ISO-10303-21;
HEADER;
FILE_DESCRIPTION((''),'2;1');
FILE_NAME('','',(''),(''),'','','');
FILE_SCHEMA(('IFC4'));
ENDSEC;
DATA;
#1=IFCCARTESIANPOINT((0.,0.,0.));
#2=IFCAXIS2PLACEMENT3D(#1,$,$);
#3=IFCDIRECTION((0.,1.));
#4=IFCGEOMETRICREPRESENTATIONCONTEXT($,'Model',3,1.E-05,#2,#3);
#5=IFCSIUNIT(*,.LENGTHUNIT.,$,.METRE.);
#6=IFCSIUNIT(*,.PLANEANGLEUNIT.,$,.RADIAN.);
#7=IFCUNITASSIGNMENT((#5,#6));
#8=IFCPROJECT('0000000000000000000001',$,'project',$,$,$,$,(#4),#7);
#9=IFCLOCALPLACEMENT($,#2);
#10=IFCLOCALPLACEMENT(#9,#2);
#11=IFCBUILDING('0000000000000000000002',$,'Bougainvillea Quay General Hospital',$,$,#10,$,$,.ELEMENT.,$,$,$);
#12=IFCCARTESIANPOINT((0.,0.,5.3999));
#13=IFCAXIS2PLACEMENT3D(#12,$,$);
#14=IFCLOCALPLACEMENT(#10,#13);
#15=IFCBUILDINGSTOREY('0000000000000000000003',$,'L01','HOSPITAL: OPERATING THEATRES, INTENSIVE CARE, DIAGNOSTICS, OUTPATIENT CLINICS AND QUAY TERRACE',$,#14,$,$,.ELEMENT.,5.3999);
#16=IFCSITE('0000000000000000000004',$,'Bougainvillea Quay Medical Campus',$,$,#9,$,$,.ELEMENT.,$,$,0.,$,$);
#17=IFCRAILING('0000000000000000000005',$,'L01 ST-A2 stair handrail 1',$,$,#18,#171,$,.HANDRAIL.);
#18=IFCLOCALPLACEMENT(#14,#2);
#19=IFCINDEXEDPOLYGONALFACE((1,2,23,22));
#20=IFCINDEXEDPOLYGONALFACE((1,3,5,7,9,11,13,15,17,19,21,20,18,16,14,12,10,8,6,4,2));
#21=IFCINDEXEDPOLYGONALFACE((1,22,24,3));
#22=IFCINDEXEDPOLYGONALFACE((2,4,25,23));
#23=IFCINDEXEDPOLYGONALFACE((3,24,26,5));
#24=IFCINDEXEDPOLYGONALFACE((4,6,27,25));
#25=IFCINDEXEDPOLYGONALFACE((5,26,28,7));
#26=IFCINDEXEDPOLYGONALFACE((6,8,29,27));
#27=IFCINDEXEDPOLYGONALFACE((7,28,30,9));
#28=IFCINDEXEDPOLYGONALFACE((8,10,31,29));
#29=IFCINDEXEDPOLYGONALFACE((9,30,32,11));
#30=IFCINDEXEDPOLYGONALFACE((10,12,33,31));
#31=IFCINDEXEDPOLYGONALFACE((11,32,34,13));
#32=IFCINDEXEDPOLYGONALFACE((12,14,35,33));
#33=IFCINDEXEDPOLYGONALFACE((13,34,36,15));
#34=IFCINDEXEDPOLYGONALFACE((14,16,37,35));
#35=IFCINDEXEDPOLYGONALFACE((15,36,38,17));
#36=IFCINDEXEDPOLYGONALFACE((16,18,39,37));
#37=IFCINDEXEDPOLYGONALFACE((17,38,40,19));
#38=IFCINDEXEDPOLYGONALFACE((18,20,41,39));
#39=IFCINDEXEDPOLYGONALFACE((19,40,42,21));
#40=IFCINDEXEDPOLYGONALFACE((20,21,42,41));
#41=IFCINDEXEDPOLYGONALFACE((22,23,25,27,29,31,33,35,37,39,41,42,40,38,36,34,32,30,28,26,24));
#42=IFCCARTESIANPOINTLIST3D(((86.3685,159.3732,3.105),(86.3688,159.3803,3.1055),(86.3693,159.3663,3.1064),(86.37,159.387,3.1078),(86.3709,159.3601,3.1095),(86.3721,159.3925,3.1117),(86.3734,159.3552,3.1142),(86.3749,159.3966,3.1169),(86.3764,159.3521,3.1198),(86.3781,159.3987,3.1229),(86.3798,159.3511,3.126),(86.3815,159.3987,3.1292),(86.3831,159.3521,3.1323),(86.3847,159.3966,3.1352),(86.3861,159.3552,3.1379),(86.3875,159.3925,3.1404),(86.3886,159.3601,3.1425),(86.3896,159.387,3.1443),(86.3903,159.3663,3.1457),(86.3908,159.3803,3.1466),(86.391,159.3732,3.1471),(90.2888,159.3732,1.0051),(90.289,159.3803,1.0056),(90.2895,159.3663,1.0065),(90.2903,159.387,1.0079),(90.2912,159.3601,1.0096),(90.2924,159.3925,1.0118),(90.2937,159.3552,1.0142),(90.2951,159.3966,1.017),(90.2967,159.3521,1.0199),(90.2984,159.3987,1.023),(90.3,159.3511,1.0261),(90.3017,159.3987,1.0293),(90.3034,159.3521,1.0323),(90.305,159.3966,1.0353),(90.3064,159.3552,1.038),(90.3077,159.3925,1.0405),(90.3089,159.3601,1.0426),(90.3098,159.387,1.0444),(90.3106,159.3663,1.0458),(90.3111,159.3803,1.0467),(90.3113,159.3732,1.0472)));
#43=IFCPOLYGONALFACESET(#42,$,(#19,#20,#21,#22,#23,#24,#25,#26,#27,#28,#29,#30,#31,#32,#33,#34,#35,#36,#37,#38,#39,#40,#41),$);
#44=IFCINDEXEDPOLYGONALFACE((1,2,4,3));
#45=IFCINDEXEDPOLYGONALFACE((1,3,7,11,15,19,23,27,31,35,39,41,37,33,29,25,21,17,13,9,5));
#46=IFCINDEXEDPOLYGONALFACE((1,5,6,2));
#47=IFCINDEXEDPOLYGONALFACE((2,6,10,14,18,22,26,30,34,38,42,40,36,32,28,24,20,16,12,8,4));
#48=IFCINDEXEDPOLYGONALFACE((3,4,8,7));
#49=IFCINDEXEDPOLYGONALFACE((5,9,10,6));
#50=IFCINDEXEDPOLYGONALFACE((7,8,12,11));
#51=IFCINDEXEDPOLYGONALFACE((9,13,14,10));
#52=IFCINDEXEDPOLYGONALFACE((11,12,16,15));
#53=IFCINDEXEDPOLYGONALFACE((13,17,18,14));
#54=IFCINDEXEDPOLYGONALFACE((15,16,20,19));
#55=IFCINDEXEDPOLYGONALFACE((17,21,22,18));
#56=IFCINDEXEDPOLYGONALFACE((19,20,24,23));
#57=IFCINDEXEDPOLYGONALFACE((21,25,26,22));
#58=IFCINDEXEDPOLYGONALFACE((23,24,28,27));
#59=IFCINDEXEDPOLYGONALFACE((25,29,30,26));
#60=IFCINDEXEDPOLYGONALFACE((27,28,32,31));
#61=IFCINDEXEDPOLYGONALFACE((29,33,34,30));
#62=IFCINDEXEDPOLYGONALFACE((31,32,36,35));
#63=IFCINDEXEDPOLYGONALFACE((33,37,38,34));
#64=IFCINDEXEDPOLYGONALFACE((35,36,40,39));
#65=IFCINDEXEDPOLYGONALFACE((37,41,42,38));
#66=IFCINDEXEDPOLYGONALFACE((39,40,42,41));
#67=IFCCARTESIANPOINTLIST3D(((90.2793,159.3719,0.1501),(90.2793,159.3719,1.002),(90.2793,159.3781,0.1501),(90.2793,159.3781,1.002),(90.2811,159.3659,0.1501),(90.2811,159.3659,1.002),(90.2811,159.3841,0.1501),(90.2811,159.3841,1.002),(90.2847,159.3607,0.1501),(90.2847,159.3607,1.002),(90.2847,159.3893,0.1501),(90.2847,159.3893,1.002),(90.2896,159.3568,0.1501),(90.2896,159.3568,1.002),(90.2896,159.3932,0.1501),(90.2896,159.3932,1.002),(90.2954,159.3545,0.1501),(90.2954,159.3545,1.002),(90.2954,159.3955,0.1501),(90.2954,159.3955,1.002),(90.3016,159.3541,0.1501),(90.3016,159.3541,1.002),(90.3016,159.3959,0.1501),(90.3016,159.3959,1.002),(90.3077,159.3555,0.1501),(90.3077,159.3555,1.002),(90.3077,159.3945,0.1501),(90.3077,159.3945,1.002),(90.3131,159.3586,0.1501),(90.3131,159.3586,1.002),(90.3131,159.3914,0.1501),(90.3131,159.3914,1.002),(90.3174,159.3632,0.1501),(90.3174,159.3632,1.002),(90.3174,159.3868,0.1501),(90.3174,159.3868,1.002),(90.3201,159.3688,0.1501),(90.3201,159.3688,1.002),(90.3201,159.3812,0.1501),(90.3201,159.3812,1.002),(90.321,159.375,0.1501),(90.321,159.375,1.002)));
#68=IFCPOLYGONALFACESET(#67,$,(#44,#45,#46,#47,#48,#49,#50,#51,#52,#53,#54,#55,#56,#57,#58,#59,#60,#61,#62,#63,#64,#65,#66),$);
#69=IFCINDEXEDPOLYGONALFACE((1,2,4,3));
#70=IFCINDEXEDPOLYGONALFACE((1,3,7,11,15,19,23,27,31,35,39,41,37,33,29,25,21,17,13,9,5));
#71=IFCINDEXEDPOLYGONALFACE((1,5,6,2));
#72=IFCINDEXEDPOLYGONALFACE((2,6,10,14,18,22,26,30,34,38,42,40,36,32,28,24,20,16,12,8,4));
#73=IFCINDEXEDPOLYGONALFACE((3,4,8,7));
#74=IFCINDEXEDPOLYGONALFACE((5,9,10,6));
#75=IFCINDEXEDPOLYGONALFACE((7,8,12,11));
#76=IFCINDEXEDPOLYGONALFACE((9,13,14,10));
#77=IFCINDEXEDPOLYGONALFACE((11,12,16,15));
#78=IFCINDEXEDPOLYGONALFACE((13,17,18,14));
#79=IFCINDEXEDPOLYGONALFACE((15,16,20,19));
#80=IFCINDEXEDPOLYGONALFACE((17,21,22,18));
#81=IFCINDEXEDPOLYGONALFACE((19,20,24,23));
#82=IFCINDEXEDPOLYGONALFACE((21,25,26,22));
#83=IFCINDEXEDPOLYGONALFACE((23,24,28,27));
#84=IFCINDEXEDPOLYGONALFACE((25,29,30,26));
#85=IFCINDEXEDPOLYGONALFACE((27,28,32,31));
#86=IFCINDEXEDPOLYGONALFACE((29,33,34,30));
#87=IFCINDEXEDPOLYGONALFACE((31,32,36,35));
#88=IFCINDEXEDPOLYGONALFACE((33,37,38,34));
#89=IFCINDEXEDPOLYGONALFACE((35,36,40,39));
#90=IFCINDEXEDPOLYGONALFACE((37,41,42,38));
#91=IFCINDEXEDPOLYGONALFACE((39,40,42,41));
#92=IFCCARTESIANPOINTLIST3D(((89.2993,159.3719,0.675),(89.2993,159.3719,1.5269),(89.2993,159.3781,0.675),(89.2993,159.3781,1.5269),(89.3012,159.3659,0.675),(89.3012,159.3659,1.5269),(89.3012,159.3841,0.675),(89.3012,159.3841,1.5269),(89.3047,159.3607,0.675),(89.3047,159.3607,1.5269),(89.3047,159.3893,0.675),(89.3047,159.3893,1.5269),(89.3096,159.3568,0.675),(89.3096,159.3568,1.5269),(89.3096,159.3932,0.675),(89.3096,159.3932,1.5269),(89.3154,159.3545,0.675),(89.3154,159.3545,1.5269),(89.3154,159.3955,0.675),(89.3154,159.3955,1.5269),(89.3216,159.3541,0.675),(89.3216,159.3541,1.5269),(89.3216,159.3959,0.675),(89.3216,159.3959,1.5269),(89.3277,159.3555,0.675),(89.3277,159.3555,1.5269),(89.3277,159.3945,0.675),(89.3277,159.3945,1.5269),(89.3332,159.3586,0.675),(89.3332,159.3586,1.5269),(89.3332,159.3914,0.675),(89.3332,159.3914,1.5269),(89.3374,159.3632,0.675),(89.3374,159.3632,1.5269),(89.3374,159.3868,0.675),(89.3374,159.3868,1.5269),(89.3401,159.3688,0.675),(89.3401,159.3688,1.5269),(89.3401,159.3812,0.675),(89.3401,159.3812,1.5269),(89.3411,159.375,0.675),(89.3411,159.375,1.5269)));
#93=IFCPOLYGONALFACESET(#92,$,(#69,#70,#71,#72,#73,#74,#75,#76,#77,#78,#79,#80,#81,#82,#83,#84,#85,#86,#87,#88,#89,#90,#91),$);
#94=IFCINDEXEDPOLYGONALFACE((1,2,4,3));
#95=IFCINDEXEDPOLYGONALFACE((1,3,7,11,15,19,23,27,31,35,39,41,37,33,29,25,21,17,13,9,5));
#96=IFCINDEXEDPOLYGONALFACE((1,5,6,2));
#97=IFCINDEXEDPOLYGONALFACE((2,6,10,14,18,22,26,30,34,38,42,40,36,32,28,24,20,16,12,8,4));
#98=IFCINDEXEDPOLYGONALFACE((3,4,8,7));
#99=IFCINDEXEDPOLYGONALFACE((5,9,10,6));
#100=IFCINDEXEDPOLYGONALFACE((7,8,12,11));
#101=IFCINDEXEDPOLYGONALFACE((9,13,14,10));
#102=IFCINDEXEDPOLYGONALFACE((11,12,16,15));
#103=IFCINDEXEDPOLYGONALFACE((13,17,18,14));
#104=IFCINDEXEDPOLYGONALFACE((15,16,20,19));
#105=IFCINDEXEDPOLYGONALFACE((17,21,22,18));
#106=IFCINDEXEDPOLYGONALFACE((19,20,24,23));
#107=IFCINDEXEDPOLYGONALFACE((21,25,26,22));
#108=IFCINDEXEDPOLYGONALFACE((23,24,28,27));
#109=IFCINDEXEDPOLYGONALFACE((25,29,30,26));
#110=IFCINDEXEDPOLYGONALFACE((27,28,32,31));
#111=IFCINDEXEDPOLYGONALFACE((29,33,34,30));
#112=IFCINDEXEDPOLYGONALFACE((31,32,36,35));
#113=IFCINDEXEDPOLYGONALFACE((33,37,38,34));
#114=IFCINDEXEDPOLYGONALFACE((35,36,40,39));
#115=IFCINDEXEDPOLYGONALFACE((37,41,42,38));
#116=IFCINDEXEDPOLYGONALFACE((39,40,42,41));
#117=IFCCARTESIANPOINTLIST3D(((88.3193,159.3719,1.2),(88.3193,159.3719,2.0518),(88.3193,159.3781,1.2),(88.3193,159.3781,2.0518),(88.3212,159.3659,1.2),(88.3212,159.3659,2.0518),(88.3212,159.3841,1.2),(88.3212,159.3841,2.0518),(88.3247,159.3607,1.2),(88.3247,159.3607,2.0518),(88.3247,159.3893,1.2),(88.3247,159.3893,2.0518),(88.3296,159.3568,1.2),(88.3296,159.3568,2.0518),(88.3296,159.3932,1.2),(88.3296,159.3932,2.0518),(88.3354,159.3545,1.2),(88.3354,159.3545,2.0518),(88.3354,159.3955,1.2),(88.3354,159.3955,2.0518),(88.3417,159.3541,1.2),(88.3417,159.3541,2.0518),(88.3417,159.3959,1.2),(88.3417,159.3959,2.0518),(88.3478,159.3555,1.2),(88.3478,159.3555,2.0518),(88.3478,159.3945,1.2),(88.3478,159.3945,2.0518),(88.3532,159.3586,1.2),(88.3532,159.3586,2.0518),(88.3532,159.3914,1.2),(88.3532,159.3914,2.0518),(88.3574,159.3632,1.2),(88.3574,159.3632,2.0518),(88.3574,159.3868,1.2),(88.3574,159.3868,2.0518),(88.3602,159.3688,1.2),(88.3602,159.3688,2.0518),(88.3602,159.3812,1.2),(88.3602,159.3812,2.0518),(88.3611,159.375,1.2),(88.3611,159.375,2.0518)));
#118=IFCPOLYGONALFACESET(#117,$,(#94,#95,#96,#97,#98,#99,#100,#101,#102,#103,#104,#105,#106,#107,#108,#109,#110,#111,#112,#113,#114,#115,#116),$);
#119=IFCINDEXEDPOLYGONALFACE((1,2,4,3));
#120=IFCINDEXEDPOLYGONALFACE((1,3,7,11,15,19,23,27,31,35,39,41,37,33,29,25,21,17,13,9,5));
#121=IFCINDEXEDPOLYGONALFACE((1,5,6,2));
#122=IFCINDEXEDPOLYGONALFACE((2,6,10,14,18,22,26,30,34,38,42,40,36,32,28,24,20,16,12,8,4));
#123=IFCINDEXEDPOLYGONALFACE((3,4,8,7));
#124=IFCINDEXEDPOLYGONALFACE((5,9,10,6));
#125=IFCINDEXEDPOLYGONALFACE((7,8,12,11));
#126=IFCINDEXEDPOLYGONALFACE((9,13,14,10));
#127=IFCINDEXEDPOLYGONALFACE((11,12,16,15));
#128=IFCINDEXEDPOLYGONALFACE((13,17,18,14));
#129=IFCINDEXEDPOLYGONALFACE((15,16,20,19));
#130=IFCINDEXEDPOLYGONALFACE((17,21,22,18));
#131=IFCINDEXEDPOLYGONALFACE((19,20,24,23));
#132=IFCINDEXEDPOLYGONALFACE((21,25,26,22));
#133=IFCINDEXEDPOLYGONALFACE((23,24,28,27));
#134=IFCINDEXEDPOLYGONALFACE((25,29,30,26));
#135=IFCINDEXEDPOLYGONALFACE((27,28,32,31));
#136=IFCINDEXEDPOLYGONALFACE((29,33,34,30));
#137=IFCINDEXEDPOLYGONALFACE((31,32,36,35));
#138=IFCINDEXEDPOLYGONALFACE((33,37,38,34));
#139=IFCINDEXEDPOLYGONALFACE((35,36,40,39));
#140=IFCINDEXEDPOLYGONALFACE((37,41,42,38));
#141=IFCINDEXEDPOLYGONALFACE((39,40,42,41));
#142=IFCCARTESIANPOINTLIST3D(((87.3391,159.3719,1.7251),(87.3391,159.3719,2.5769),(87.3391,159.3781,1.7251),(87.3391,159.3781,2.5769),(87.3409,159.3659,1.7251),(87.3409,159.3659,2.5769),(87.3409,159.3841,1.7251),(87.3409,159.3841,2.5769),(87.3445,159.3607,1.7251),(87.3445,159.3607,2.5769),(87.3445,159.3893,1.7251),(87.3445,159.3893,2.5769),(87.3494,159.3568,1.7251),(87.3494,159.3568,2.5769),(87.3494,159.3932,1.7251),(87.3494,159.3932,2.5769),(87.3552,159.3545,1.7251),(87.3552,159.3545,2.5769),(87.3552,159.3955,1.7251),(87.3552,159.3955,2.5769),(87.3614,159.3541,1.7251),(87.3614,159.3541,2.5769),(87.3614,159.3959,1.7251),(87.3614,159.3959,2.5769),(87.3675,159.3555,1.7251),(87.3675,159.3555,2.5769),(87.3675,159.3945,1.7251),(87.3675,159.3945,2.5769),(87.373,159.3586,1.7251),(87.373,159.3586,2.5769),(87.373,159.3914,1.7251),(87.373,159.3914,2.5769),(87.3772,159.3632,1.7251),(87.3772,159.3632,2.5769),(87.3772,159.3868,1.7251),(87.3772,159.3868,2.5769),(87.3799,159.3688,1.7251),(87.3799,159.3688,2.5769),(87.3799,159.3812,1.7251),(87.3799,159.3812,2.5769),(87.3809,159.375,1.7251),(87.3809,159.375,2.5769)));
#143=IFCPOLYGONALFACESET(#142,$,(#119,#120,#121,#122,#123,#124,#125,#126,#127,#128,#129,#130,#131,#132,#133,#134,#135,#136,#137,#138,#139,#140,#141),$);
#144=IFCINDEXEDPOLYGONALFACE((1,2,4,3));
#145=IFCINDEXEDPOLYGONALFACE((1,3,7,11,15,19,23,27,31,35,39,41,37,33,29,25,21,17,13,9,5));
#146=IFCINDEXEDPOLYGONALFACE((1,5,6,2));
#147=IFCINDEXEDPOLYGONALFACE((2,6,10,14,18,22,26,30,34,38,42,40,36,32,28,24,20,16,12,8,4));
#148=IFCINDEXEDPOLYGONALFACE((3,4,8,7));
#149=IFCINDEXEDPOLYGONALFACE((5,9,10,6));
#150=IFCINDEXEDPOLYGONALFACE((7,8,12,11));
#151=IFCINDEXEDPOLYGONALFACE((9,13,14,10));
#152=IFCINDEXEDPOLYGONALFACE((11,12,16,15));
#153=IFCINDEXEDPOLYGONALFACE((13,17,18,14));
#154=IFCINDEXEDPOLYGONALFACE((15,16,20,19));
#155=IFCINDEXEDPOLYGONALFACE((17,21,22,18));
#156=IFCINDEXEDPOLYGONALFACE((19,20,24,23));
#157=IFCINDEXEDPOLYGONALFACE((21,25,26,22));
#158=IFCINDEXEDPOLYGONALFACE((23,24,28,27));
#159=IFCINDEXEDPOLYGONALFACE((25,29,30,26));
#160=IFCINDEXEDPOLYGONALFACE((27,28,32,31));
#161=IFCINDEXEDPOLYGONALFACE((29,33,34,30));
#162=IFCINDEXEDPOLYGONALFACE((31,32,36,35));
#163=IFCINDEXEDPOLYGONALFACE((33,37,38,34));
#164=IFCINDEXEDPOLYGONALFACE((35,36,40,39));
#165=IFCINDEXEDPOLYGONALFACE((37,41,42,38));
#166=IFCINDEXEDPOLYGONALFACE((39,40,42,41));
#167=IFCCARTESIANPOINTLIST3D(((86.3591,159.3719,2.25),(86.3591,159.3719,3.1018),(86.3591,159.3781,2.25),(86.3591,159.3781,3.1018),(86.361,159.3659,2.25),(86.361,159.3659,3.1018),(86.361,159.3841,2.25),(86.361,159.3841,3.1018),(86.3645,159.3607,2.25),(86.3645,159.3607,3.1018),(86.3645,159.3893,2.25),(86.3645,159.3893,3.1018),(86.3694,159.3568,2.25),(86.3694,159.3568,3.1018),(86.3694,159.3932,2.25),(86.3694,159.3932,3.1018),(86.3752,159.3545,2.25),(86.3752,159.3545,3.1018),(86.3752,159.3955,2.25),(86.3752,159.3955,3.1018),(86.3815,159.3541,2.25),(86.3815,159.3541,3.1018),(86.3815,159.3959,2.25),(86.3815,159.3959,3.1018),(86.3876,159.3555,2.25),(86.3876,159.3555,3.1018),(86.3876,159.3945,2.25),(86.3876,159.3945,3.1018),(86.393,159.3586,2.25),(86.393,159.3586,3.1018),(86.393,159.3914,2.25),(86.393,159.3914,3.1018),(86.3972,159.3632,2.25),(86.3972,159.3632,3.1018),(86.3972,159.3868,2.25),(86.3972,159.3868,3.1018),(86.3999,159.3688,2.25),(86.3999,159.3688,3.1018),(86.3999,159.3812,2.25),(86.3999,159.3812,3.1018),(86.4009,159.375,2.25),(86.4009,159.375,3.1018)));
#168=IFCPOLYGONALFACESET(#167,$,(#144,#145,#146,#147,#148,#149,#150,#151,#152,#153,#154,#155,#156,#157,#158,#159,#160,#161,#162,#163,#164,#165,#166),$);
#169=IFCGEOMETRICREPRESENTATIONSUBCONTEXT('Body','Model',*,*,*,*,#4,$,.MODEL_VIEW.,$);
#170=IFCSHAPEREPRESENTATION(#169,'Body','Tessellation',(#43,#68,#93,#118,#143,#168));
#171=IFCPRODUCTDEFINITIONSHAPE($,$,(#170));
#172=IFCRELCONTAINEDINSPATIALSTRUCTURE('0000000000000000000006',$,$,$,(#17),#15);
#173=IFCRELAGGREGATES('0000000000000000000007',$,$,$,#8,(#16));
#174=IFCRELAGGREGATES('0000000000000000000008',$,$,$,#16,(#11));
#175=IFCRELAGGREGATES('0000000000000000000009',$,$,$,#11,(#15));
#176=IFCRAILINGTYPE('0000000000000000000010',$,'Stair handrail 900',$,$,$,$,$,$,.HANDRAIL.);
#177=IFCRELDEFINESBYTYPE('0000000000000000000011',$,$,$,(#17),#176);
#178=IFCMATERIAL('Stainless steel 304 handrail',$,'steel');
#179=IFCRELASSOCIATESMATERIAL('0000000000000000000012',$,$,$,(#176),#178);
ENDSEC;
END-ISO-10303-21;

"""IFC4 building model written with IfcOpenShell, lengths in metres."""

from ifc_helpers import new_model, si_unit, direction, frame, origin, origin_2d, place, context, subcontext, project, spatial, circle, extrude, material, type_object, element, save


model = new_model("IFC4")

# Units and contexts
model_context = context("Model", 3, precision=1e-05, world=origin(), true_north=direction((0.0, 1.0)))
body_context = subcontext(model_context, "Body", "Model", "MODEL_VIEW")
ifc_project = project(units=[si_unit("LENGTHUNIT", "METRE"), si_unit("PLANEANGLEUNIT", "RADIAN")], contexts=[model_context])

# Site, building, storey
site_placement = place(None, origin())
site = spatial("IfcSite", under=ifc_project, at=site_placement, Name="Bougainvillea Quay Medical Campus", CompositionType="ELEMENT", RefElevation=0.0)
building_placement = place(site_placement, origin())
building = spatial("IfcBuilding", under=site, at=building_placement, Name="Bougainvillea Quay General Hospital", CompositionType="ELEMENT")
storey_placement = place(building_placement, frame((0.0, 0.0, 5.3999)))
storey = spatial("IfcBuildingStorey", under=building, at=storey_placement, Name="L01", Description="HOSPITAL: OPERATING THEATRES, INTENSIVE CARE, DIAGNOSTICS, OUTPATIENT CLINICS AND QUAY TERRACE", CompositionType="ELEMENT", Elevation=5.3999)

# Railing
ifc_material_1 = material(Name="Stainless steel 304 handrail", Category="steel")
railing_type_1 = type_object("IfcRailingType", Name="Stair handrail 900", PredefinedType="HANDRAIL", material=ifc_material_1)
railing_1_placement = place(storey_placement, frame((90.3, 159.375, 0.1501)))
element("IfcRailing", 1, at=railing_1_placement, inside=storey, type_object=railing_type_1, Name="L01 ST-A2 stair handrail 1", PredefinedType="HANDRAIL", context=body_context, shape_type="SweptSolid", body=[
    extrude(circle(Radius=0.0239, at=origin_2d()), frame((0.0, 0.0, 0.876), z_axis=(-0.881502, 0.0, 0.47218), x_axis=(0.0, -1.0, 0.0)), (0.0, 0.0, 1.0), 4.4473),
    extrude(circle(Radius=0.021, at=origin_2d()), origin(), (0.0, 0.0, 1.0), 0.8518),
    extrude(circle(Radius=0.021, at=origin_2d()), frame((-0.98, 0.0, 0.5249)), (0.0, 0.0, 1.0), 0.8518),
    extrude(circle(Radius=0.021, at=origin_2d()), frame((-1.96, 0.0, 1.0498)), (0.0, 0.0, 1.0), 0.8518),
    extrude(circle(Radius=0.021, at=origin_2d()), frame((-2.9402, 0.0, 1.575)), (0.0, 0.0, 1.0), 0.8518),
    extrude(circle(Radius=0.021, at=origin_2d()), frame((-3.9202, 0.0, 2.0999)), (0.0, 0.0, 1.0), 0.8518),
])

save(model, "model.ifc")
